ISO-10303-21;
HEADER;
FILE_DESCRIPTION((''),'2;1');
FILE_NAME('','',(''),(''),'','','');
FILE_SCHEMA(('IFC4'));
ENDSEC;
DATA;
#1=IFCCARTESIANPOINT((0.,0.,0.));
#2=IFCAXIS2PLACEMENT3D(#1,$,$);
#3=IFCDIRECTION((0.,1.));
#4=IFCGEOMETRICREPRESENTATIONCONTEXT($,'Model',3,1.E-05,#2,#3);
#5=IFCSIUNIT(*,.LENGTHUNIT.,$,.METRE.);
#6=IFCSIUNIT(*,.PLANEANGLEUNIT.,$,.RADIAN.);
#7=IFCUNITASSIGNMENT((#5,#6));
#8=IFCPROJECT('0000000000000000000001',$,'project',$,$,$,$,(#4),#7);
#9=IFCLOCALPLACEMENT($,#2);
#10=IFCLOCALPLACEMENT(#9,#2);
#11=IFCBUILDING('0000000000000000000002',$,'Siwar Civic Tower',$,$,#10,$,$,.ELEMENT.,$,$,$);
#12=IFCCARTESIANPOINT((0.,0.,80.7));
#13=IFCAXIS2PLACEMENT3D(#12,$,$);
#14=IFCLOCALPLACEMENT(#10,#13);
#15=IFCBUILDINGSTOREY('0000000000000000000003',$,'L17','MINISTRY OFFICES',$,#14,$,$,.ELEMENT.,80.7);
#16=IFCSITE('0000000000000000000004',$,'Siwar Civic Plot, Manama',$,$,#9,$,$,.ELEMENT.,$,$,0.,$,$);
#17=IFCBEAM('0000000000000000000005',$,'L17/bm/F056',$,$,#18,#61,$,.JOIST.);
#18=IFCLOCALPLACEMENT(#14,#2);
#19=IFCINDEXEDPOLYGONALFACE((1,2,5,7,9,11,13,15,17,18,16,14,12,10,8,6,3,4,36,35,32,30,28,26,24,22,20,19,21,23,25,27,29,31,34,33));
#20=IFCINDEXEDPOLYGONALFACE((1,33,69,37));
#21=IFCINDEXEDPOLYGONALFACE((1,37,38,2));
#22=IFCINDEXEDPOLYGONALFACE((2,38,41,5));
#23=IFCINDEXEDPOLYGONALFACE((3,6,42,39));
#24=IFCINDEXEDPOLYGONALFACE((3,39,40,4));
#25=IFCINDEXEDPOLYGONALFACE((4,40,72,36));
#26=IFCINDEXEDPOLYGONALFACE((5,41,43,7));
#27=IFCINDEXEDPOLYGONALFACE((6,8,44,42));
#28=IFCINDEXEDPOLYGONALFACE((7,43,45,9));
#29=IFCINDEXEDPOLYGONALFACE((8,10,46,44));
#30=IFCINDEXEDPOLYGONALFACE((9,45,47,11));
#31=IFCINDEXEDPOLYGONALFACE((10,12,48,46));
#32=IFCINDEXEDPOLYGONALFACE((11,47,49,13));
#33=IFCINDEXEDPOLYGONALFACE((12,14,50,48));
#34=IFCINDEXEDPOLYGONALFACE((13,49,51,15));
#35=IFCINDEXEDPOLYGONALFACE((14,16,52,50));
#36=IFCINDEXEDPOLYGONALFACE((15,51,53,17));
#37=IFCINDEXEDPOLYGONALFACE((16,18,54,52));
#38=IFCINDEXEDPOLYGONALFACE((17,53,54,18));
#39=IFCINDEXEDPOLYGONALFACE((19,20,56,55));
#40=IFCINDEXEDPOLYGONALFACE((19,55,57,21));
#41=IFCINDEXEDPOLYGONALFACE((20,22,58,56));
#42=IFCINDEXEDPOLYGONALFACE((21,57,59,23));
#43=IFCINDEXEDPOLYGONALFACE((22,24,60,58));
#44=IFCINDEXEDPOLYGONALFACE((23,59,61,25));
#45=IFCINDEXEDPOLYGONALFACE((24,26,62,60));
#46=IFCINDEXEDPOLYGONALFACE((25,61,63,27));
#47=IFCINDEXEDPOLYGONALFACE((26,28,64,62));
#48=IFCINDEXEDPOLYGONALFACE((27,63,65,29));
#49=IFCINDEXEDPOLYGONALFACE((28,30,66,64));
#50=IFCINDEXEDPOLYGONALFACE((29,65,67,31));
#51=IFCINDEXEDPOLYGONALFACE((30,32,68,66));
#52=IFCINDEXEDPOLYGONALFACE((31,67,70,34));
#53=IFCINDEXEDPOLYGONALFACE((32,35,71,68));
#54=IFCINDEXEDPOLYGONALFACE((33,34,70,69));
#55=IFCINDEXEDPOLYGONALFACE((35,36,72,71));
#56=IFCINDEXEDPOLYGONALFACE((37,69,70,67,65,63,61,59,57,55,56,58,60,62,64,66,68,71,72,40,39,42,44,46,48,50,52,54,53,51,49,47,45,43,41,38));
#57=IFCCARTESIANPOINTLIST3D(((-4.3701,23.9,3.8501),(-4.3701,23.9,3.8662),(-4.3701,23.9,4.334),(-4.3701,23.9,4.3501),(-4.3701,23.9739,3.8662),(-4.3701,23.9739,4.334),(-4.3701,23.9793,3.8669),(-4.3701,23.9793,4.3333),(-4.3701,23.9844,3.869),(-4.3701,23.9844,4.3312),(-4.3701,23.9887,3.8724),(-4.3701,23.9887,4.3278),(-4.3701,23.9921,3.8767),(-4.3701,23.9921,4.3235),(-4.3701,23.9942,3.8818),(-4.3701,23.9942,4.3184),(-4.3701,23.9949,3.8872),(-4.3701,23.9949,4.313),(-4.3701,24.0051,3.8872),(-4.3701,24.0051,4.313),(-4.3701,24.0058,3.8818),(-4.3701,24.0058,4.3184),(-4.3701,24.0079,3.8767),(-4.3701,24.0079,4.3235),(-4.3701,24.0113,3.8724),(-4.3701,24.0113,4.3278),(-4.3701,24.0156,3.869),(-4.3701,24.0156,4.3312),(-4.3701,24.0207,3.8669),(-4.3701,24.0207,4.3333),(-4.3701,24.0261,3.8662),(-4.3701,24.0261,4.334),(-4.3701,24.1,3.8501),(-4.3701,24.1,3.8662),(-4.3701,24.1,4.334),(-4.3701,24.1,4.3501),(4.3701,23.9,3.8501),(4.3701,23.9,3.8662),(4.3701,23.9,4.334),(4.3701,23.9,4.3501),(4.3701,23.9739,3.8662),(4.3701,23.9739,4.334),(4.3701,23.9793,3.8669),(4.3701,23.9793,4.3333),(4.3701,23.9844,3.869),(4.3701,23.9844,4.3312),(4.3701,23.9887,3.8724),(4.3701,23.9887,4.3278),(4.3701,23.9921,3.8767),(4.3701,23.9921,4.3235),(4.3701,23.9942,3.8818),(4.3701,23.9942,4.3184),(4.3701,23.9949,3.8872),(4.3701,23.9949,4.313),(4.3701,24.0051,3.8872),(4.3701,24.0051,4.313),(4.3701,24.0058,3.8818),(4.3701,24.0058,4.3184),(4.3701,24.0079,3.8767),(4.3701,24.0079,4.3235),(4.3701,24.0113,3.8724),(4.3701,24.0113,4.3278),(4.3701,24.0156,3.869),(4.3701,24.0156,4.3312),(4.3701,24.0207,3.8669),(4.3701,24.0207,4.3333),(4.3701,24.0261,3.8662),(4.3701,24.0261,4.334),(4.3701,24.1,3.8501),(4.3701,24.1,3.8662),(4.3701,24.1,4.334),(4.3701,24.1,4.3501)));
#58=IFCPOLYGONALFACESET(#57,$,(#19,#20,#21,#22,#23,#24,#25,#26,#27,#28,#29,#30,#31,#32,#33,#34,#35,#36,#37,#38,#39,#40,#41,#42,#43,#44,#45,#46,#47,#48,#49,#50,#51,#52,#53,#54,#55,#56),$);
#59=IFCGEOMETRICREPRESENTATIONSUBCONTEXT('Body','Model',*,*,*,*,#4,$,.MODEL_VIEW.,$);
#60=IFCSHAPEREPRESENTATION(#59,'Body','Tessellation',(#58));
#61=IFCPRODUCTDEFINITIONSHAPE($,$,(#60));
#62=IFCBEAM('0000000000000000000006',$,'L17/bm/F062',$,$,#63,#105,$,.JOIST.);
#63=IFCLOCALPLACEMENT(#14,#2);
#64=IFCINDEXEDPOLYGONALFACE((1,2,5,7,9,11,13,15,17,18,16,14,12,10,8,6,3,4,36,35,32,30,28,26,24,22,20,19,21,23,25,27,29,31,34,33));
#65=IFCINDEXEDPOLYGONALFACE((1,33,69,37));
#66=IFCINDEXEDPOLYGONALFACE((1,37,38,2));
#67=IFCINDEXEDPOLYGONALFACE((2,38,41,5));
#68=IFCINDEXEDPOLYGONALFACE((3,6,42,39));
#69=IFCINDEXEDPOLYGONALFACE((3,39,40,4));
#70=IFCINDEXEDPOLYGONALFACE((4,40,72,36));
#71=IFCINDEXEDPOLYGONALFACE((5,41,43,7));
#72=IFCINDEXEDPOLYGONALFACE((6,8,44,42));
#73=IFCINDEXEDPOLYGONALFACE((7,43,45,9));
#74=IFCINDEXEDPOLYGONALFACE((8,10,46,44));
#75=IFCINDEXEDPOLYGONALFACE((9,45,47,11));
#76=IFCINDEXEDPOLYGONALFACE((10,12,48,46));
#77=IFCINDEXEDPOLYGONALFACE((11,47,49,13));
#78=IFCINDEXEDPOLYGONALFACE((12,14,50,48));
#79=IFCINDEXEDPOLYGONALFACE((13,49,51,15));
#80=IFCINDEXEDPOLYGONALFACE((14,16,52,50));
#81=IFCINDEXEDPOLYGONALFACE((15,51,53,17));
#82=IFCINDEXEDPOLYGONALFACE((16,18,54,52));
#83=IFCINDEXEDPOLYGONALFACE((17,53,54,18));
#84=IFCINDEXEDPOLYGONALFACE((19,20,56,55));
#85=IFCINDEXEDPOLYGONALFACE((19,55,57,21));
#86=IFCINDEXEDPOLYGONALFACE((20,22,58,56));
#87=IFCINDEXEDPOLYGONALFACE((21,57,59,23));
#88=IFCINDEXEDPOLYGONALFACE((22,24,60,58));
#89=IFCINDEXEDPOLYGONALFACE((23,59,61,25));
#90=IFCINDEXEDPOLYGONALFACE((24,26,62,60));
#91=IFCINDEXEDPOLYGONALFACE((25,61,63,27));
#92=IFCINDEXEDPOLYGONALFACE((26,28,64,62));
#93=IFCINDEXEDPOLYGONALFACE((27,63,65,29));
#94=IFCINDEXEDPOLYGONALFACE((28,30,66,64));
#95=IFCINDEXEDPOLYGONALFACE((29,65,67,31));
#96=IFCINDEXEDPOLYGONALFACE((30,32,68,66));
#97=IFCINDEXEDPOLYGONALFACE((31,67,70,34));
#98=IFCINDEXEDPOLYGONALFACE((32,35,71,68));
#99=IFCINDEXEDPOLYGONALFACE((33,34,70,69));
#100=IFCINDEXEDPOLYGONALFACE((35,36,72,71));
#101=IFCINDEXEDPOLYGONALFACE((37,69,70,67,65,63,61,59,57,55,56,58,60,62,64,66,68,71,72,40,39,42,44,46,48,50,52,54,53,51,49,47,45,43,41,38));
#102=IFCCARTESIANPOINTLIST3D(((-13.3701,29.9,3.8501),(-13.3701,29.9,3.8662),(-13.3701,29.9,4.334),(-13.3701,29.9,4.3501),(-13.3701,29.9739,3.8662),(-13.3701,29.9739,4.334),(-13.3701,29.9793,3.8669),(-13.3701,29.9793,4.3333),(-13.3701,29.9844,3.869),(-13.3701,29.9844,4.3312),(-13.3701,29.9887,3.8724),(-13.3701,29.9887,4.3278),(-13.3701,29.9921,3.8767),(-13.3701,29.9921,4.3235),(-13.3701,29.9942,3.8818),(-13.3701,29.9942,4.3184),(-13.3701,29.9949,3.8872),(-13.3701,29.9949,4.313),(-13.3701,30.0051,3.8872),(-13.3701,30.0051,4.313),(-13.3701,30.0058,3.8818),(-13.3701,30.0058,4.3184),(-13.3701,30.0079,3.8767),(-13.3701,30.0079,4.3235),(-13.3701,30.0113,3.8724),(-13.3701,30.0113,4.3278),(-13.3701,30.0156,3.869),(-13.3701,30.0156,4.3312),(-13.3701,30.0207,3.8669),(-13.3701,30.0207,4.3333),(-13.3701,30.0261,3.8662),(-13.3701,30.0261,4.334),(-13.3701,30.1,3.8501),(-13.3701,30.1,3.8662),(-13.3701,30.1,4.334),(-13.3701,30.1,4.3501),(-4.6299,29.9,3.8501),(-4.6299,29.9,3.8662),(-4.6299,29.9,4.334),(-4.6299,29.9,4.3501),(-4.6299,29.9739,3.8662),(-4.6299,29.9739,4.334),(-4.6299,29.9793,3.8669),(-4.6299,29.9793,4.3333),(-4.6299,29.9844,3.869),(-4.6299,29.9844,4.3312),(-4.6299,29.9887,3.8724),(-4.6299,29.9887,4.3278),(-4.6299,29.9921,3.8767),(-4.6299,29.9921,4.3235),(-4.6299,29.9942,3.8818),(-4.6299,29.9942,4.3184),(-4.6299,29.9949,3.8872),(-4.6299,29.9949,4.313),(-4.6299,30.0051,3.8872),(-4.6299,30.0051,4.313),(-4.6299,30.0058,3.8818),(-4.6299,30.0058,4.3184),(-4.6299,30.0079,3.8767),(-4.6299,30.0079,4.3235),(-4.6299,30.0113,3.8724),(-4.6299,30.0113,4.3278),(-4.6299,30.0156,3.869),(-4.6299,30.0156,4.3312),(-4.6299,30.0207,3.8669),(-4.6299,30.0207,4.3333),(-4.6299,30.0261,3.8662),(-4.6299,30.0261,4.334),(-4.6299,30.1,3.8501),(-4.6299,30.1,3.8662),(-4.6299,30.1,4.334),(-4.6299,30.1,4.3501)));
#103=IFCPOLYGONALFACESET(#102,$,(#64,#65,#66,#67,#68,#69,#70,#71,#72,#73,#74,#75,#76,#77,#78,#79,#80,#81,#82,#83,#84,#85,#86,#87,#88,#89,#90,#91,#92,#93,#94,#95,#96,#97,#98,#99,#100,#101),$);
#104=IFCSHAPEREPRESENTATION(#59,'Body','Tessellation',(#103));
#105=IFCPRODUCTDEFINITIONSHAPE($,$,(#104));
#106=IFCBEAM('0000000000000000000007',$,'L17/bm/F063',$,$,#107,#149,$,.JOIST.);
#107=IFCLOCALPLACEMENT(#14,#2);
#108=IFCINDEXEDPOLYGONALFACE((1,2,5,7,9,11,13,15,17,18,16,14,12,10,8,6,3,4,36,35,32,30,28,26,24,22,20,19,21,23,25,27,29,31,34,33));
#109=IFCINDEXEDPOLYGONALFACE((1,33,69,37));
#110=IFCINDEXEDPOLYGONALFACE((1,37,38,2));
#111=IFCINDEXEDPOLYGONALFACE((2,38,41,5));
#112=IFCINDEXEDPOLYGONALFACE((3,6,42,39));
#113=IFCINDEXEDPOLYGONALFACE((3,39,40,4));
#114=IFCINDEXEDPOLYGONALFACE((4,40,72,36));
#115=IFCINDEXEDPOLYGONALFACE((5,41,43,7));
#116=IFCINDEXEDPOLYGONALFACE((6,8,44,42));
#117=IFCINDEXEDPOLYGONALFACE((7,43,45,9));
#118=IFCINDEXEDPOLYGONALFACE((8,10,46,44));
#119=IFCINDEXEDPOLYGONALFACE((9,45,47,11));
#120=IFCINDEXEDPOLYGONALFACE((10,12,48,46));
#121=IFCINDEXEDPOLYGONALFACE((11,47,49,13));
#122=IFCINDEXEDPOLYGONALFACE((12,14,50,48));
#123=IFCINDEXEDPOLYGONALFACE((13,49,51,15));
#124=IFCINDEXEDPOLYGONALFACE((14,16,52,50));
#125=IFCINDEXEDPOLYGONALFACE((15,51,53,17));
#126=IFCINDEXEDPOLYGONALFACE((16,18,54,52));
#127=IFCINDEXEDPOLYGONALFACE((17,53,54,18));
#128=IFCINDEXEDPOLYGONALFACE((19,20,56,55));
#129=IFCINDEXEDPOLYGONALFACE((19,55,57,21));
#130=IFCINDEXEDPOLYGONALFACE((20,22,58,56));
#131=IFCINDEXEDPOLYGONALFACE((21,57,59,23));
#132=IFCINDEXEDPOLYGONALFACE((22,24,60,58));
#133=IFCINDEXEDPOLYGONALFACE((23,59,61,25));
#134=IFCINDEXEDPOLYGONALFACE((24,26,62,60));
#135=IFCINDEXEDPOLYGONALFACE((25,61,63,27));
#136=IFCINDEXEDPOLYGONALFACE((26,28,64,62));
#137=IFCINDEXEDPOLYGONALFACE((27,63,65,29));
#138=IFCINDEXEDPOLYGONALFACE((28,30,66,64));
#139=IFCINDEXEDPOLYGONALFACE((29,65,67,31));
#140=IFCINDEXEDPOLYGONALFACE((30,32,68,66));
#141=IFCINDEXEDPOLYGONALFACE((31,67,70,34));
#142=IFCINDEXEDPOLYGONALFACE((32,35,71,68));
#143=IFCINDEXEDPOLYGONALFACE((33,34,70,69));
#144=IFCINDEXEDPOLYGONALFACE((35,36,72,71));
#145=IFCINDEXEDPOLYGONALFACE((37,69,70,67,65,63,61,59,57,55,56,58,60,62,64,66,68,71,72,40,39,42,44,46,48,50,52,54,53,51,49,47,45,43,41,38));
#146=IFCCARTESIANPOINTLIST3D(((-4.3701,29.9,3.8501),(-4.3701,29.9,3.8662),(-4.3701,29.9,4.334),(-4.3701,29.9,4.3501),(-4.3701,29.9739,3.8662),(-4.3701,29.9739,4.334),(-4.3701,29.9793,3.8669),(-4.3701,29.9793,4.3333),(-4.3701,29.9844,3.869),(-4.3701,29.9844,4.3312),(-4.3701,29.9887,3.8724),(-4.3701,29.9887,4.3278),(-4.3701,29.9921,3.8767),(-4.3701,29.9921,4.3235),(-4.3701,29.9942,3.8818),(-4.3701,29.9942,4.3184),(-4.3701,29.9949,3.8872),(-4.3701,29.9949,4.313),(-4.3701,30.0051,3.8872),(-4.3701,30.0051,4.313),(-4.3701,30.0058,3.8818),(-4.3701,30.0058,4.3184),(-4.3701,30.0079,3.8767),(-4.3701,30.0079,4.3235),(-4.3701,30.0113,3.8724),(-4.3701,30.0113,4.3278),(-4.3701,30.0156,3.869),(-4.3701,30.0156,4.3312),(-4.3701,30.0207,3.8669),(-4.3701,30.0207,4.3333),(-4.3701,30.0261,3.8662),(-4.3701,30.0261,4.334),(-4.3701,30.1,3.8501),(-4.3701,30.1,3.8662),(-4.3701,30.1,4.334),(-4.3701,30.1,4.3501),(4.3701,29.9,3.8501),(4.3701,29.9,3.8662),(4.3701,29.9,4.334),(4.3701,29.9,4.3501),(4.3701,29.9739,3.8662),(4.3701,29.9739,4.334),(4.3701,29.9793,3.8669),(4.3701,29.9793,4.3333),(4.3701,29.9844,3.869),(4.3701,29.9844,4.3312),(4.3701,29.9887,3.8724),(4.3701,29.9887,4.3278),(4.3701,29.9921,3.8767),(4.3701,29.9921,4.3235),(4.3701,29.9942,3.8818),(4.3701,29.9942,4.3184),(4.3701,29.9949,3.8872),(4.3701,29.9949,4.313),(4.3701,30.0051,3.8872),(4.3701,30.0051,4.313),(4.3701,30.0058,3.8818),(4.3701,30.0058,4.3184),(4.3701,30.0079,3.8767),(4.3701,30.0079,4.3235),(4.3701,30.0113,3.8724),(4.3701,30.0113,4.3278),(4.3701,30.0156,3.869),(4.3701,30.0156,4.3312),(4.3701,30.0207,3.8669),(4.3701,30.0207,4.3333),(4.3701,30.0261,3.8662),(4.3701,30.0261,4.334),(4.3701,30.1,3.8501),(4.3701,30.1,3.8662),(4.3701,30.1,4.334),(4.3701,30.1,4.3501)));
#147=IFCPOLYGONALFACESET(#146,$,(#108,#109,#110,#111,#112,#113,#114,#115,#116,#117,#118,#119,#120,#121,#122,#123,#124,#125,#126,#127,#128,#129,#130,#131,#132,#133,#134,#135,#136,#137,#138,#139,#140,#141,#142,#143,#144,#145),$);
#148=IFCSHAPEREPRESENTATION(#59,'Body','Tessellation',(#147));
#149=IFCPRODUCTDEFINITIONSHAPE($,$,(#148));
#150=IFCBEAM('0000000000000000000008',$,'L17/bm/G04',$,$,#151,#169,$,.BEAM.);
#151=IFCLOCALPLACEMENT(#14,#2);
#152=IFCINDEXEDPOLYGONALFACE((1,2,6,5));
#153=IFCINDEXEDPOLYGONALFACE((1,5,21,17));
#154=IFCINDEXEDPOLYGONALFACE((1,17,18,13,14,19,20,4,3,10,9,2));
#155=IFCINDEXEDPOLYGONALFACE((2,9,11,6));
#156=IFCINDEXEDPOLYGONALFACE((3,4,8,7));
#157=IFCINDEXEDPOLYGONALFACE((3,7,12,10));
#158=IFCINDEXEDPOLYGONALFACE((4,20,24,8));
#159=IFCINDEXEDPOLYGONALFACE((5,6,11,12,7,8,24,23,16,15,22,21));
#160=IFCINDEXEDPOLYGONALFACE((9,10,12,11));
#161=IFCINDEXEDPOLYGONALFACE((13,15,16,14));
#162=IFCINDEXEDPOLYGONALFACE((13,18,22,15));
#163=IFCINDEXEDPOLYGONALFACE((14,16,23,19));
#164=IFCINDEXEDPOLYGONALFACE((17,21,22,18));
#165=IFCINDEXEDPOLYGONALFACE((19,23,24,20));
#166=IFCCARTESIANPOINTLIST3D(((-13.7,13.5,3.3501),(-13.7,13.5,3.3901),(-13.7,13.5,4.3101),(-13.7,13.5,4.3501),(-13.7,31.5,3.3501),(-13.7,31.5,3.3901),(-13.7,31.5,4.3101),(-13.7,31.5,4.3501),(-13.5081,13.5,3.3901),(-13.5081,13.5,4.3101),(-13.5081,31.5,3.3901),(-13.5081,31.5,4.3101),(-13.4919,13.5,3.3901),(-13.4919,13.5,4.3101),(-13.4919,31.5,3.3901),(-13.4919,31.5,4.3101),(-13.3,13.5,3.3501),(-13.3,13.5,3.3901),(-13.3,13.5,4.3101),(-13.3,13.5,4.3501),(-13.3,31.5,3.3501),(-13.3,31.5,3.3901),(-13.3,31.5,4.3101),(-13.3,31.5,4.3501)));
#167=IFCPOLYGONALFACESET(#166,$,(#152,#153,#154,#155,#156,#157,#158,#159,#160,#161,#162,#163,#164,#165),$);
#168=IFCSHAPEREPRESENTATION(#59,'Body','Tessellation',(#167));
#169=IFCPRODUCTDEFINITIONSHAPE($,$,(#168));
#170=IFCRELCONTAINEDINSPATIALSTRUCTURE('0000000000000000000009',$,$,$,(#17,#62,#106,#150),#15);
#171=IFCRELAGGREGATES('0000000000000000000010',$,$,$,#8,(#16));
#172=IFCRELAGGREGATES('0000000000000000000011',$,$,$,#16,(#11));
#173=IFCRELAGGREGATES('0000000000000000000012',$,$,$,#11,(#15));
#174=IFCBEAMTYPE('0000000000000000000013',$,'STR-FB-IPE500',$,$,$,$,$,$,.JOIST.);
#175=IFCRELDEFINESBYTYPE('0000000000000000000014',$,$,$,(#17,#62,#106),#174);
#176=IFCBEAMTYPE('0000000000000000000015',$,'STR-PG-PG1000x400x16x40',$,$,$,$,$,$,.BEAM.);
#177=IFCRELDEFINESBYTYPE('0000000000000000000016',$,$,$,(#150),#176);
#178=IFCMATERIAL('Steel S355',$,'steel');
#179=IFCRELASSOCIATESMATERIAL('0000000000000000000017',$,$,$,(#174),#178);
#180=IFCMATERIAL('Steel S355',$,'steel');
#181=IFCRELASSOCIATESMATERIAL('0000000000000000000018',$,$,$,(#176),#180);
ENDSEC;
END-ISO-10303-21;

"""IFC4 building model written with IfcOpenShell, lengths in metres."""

from ifc_helpers import new_model, si_unit, direction, frame, origin, origin_2d, place, context, subcontext, project, spatial, i_section, extrude, material, material_profile, profile_set, type_object, element, save


model = new_model("IFC4")

# Units and contexts
model_context = context("Model", 3, precision=1e-05, world=origin(), true_north=direction((0.0, 1.0)))
body_context = subcontext(model_context, "Body", "Model", "MODEL_VIEW")
ifc_project = project(units=[si_unit("LENGTHUNIT", "METRE"), si_unit("PLANEANGLEUNIT", "RADIAN")], contexts=[model_context])

# Site, building, storey
site_placement = place(None, origin())
site = spatial("IfcSite", under=ifc_project, at=site_placement, Name="Siwar Civic Plot, Manama", CompositionType="ELEMENT", RefElevation=0.0)
building_placement = place(site_placement, origin())
building = spatial("IfcBuilding", under=site, at=building_placement, Name="Siwar Civic Tower", CompositionType="ELEMENT")
storey_placement = place(building_placement, frame((0.0, 0.0, 80.7)))
storey = spatial("IfcBuildingStorey", under=building, at=storey_placement, Name="L17", Description="MINISTRY OFFICES", CompositionType="ELEMENT", Elevation=80.7)

# Beams
ifc_material_1 = material(Name="Steel S355", Category="steel")
ifc_material_profile_1 = material_profile(ifc_material_1, i_section(OverallWidth=0.2, OverallDepth=0.5, WebThickness=0.0103, FlangeThickness=0.0161, FilletRadius=0.021, at=origin_2d()), Name="IPE500")
ifc_profile_set_1 = profile_set([ifc_material_profile_1], Name="Steel S355")
beam_type_1 = type_object("IfcBeamType", Name="STR-FB-IPE500", PredefinedType="JOIST", material=ifc_profile_set_1)
for number, where, z_axis, x_axis, name in (
    (1, (-4.3701, 24.0, 4.1001), (1.0, 0.0, 0.0), (0.0, 1.0, 0.0), "L17/bm/F056"),
    (2, (-13.3701, 30.0, 4.1001), (1.0, 0.0, 0.0), (0.0, 1.0, 0.0), "L17/bm/F062"),
    (3, (-4.3701, 30.0, 4.1001), (1.0, 0.0, 0.0), (0.0, 1.0, 0.0), "L17/bm/F063"),
):
    element("IfcBeam", number, at=place(storey_placement, frame(where, z_axis=z_axis, x_axis=x_axis)), inside=storey, type_object=beam_type_1, Name=name, PredefinedType="JOIST", context=body_context, shape_type="SweptSolid", body=[
        extrude(i_section(OverallWidth=0.2, OverallDepth=0.5, WebThickness=0.0103, FlangeThickness=0.0161, FilletRadius=0.021, at=origin_2d()), origin(), (0.0, 0.0, 1.0), 8.7402),
    ])
ifc_material_2 = material(Name="Steel S355", Category="steel")
ifc_material_profile_2 = material_profile(ifc_material_2, i_section(OverallWidth=0.3999, OverallDepth=1.0, WebThickness=0.0161, FlangeThickness=0.04, at=origin_2d()), Name="PG1000x400x16x40")
ifc_profile_set_2 = profile_set([ifc_material_profile_2], Name="Steel S355")
beam_type_2 = type_object("IfcBeamType", Name="STR-PG-PG1000x400x16x40", PredefinedType="BEAM", material=ifc_profile_set_2)
beam_1_placement = place(storey_placement, frame((-13.5, 13.5, 3.8501), z_axis=(0.0, 1.0, 0.0), x_axis=(-1.0, 0.0, 0.0)))
element("IfcBeam", 4, at=beam_1_placement, inside=storey, type_object=beam_type_2, Name="L17/bm/G04", PredefinedType="BEAM", context=body_context, shape_type="SweptSolid", body=[
    extrude(i_section(OverallWidth=0.3999, OverallDepth=1.0, WebThickness=0.0161, FlangeThickness=0.04, at=origin_2d()), origin(), (0.0, 0.0, 1.0), 18.0),
])

save(model, "model.ifc")
